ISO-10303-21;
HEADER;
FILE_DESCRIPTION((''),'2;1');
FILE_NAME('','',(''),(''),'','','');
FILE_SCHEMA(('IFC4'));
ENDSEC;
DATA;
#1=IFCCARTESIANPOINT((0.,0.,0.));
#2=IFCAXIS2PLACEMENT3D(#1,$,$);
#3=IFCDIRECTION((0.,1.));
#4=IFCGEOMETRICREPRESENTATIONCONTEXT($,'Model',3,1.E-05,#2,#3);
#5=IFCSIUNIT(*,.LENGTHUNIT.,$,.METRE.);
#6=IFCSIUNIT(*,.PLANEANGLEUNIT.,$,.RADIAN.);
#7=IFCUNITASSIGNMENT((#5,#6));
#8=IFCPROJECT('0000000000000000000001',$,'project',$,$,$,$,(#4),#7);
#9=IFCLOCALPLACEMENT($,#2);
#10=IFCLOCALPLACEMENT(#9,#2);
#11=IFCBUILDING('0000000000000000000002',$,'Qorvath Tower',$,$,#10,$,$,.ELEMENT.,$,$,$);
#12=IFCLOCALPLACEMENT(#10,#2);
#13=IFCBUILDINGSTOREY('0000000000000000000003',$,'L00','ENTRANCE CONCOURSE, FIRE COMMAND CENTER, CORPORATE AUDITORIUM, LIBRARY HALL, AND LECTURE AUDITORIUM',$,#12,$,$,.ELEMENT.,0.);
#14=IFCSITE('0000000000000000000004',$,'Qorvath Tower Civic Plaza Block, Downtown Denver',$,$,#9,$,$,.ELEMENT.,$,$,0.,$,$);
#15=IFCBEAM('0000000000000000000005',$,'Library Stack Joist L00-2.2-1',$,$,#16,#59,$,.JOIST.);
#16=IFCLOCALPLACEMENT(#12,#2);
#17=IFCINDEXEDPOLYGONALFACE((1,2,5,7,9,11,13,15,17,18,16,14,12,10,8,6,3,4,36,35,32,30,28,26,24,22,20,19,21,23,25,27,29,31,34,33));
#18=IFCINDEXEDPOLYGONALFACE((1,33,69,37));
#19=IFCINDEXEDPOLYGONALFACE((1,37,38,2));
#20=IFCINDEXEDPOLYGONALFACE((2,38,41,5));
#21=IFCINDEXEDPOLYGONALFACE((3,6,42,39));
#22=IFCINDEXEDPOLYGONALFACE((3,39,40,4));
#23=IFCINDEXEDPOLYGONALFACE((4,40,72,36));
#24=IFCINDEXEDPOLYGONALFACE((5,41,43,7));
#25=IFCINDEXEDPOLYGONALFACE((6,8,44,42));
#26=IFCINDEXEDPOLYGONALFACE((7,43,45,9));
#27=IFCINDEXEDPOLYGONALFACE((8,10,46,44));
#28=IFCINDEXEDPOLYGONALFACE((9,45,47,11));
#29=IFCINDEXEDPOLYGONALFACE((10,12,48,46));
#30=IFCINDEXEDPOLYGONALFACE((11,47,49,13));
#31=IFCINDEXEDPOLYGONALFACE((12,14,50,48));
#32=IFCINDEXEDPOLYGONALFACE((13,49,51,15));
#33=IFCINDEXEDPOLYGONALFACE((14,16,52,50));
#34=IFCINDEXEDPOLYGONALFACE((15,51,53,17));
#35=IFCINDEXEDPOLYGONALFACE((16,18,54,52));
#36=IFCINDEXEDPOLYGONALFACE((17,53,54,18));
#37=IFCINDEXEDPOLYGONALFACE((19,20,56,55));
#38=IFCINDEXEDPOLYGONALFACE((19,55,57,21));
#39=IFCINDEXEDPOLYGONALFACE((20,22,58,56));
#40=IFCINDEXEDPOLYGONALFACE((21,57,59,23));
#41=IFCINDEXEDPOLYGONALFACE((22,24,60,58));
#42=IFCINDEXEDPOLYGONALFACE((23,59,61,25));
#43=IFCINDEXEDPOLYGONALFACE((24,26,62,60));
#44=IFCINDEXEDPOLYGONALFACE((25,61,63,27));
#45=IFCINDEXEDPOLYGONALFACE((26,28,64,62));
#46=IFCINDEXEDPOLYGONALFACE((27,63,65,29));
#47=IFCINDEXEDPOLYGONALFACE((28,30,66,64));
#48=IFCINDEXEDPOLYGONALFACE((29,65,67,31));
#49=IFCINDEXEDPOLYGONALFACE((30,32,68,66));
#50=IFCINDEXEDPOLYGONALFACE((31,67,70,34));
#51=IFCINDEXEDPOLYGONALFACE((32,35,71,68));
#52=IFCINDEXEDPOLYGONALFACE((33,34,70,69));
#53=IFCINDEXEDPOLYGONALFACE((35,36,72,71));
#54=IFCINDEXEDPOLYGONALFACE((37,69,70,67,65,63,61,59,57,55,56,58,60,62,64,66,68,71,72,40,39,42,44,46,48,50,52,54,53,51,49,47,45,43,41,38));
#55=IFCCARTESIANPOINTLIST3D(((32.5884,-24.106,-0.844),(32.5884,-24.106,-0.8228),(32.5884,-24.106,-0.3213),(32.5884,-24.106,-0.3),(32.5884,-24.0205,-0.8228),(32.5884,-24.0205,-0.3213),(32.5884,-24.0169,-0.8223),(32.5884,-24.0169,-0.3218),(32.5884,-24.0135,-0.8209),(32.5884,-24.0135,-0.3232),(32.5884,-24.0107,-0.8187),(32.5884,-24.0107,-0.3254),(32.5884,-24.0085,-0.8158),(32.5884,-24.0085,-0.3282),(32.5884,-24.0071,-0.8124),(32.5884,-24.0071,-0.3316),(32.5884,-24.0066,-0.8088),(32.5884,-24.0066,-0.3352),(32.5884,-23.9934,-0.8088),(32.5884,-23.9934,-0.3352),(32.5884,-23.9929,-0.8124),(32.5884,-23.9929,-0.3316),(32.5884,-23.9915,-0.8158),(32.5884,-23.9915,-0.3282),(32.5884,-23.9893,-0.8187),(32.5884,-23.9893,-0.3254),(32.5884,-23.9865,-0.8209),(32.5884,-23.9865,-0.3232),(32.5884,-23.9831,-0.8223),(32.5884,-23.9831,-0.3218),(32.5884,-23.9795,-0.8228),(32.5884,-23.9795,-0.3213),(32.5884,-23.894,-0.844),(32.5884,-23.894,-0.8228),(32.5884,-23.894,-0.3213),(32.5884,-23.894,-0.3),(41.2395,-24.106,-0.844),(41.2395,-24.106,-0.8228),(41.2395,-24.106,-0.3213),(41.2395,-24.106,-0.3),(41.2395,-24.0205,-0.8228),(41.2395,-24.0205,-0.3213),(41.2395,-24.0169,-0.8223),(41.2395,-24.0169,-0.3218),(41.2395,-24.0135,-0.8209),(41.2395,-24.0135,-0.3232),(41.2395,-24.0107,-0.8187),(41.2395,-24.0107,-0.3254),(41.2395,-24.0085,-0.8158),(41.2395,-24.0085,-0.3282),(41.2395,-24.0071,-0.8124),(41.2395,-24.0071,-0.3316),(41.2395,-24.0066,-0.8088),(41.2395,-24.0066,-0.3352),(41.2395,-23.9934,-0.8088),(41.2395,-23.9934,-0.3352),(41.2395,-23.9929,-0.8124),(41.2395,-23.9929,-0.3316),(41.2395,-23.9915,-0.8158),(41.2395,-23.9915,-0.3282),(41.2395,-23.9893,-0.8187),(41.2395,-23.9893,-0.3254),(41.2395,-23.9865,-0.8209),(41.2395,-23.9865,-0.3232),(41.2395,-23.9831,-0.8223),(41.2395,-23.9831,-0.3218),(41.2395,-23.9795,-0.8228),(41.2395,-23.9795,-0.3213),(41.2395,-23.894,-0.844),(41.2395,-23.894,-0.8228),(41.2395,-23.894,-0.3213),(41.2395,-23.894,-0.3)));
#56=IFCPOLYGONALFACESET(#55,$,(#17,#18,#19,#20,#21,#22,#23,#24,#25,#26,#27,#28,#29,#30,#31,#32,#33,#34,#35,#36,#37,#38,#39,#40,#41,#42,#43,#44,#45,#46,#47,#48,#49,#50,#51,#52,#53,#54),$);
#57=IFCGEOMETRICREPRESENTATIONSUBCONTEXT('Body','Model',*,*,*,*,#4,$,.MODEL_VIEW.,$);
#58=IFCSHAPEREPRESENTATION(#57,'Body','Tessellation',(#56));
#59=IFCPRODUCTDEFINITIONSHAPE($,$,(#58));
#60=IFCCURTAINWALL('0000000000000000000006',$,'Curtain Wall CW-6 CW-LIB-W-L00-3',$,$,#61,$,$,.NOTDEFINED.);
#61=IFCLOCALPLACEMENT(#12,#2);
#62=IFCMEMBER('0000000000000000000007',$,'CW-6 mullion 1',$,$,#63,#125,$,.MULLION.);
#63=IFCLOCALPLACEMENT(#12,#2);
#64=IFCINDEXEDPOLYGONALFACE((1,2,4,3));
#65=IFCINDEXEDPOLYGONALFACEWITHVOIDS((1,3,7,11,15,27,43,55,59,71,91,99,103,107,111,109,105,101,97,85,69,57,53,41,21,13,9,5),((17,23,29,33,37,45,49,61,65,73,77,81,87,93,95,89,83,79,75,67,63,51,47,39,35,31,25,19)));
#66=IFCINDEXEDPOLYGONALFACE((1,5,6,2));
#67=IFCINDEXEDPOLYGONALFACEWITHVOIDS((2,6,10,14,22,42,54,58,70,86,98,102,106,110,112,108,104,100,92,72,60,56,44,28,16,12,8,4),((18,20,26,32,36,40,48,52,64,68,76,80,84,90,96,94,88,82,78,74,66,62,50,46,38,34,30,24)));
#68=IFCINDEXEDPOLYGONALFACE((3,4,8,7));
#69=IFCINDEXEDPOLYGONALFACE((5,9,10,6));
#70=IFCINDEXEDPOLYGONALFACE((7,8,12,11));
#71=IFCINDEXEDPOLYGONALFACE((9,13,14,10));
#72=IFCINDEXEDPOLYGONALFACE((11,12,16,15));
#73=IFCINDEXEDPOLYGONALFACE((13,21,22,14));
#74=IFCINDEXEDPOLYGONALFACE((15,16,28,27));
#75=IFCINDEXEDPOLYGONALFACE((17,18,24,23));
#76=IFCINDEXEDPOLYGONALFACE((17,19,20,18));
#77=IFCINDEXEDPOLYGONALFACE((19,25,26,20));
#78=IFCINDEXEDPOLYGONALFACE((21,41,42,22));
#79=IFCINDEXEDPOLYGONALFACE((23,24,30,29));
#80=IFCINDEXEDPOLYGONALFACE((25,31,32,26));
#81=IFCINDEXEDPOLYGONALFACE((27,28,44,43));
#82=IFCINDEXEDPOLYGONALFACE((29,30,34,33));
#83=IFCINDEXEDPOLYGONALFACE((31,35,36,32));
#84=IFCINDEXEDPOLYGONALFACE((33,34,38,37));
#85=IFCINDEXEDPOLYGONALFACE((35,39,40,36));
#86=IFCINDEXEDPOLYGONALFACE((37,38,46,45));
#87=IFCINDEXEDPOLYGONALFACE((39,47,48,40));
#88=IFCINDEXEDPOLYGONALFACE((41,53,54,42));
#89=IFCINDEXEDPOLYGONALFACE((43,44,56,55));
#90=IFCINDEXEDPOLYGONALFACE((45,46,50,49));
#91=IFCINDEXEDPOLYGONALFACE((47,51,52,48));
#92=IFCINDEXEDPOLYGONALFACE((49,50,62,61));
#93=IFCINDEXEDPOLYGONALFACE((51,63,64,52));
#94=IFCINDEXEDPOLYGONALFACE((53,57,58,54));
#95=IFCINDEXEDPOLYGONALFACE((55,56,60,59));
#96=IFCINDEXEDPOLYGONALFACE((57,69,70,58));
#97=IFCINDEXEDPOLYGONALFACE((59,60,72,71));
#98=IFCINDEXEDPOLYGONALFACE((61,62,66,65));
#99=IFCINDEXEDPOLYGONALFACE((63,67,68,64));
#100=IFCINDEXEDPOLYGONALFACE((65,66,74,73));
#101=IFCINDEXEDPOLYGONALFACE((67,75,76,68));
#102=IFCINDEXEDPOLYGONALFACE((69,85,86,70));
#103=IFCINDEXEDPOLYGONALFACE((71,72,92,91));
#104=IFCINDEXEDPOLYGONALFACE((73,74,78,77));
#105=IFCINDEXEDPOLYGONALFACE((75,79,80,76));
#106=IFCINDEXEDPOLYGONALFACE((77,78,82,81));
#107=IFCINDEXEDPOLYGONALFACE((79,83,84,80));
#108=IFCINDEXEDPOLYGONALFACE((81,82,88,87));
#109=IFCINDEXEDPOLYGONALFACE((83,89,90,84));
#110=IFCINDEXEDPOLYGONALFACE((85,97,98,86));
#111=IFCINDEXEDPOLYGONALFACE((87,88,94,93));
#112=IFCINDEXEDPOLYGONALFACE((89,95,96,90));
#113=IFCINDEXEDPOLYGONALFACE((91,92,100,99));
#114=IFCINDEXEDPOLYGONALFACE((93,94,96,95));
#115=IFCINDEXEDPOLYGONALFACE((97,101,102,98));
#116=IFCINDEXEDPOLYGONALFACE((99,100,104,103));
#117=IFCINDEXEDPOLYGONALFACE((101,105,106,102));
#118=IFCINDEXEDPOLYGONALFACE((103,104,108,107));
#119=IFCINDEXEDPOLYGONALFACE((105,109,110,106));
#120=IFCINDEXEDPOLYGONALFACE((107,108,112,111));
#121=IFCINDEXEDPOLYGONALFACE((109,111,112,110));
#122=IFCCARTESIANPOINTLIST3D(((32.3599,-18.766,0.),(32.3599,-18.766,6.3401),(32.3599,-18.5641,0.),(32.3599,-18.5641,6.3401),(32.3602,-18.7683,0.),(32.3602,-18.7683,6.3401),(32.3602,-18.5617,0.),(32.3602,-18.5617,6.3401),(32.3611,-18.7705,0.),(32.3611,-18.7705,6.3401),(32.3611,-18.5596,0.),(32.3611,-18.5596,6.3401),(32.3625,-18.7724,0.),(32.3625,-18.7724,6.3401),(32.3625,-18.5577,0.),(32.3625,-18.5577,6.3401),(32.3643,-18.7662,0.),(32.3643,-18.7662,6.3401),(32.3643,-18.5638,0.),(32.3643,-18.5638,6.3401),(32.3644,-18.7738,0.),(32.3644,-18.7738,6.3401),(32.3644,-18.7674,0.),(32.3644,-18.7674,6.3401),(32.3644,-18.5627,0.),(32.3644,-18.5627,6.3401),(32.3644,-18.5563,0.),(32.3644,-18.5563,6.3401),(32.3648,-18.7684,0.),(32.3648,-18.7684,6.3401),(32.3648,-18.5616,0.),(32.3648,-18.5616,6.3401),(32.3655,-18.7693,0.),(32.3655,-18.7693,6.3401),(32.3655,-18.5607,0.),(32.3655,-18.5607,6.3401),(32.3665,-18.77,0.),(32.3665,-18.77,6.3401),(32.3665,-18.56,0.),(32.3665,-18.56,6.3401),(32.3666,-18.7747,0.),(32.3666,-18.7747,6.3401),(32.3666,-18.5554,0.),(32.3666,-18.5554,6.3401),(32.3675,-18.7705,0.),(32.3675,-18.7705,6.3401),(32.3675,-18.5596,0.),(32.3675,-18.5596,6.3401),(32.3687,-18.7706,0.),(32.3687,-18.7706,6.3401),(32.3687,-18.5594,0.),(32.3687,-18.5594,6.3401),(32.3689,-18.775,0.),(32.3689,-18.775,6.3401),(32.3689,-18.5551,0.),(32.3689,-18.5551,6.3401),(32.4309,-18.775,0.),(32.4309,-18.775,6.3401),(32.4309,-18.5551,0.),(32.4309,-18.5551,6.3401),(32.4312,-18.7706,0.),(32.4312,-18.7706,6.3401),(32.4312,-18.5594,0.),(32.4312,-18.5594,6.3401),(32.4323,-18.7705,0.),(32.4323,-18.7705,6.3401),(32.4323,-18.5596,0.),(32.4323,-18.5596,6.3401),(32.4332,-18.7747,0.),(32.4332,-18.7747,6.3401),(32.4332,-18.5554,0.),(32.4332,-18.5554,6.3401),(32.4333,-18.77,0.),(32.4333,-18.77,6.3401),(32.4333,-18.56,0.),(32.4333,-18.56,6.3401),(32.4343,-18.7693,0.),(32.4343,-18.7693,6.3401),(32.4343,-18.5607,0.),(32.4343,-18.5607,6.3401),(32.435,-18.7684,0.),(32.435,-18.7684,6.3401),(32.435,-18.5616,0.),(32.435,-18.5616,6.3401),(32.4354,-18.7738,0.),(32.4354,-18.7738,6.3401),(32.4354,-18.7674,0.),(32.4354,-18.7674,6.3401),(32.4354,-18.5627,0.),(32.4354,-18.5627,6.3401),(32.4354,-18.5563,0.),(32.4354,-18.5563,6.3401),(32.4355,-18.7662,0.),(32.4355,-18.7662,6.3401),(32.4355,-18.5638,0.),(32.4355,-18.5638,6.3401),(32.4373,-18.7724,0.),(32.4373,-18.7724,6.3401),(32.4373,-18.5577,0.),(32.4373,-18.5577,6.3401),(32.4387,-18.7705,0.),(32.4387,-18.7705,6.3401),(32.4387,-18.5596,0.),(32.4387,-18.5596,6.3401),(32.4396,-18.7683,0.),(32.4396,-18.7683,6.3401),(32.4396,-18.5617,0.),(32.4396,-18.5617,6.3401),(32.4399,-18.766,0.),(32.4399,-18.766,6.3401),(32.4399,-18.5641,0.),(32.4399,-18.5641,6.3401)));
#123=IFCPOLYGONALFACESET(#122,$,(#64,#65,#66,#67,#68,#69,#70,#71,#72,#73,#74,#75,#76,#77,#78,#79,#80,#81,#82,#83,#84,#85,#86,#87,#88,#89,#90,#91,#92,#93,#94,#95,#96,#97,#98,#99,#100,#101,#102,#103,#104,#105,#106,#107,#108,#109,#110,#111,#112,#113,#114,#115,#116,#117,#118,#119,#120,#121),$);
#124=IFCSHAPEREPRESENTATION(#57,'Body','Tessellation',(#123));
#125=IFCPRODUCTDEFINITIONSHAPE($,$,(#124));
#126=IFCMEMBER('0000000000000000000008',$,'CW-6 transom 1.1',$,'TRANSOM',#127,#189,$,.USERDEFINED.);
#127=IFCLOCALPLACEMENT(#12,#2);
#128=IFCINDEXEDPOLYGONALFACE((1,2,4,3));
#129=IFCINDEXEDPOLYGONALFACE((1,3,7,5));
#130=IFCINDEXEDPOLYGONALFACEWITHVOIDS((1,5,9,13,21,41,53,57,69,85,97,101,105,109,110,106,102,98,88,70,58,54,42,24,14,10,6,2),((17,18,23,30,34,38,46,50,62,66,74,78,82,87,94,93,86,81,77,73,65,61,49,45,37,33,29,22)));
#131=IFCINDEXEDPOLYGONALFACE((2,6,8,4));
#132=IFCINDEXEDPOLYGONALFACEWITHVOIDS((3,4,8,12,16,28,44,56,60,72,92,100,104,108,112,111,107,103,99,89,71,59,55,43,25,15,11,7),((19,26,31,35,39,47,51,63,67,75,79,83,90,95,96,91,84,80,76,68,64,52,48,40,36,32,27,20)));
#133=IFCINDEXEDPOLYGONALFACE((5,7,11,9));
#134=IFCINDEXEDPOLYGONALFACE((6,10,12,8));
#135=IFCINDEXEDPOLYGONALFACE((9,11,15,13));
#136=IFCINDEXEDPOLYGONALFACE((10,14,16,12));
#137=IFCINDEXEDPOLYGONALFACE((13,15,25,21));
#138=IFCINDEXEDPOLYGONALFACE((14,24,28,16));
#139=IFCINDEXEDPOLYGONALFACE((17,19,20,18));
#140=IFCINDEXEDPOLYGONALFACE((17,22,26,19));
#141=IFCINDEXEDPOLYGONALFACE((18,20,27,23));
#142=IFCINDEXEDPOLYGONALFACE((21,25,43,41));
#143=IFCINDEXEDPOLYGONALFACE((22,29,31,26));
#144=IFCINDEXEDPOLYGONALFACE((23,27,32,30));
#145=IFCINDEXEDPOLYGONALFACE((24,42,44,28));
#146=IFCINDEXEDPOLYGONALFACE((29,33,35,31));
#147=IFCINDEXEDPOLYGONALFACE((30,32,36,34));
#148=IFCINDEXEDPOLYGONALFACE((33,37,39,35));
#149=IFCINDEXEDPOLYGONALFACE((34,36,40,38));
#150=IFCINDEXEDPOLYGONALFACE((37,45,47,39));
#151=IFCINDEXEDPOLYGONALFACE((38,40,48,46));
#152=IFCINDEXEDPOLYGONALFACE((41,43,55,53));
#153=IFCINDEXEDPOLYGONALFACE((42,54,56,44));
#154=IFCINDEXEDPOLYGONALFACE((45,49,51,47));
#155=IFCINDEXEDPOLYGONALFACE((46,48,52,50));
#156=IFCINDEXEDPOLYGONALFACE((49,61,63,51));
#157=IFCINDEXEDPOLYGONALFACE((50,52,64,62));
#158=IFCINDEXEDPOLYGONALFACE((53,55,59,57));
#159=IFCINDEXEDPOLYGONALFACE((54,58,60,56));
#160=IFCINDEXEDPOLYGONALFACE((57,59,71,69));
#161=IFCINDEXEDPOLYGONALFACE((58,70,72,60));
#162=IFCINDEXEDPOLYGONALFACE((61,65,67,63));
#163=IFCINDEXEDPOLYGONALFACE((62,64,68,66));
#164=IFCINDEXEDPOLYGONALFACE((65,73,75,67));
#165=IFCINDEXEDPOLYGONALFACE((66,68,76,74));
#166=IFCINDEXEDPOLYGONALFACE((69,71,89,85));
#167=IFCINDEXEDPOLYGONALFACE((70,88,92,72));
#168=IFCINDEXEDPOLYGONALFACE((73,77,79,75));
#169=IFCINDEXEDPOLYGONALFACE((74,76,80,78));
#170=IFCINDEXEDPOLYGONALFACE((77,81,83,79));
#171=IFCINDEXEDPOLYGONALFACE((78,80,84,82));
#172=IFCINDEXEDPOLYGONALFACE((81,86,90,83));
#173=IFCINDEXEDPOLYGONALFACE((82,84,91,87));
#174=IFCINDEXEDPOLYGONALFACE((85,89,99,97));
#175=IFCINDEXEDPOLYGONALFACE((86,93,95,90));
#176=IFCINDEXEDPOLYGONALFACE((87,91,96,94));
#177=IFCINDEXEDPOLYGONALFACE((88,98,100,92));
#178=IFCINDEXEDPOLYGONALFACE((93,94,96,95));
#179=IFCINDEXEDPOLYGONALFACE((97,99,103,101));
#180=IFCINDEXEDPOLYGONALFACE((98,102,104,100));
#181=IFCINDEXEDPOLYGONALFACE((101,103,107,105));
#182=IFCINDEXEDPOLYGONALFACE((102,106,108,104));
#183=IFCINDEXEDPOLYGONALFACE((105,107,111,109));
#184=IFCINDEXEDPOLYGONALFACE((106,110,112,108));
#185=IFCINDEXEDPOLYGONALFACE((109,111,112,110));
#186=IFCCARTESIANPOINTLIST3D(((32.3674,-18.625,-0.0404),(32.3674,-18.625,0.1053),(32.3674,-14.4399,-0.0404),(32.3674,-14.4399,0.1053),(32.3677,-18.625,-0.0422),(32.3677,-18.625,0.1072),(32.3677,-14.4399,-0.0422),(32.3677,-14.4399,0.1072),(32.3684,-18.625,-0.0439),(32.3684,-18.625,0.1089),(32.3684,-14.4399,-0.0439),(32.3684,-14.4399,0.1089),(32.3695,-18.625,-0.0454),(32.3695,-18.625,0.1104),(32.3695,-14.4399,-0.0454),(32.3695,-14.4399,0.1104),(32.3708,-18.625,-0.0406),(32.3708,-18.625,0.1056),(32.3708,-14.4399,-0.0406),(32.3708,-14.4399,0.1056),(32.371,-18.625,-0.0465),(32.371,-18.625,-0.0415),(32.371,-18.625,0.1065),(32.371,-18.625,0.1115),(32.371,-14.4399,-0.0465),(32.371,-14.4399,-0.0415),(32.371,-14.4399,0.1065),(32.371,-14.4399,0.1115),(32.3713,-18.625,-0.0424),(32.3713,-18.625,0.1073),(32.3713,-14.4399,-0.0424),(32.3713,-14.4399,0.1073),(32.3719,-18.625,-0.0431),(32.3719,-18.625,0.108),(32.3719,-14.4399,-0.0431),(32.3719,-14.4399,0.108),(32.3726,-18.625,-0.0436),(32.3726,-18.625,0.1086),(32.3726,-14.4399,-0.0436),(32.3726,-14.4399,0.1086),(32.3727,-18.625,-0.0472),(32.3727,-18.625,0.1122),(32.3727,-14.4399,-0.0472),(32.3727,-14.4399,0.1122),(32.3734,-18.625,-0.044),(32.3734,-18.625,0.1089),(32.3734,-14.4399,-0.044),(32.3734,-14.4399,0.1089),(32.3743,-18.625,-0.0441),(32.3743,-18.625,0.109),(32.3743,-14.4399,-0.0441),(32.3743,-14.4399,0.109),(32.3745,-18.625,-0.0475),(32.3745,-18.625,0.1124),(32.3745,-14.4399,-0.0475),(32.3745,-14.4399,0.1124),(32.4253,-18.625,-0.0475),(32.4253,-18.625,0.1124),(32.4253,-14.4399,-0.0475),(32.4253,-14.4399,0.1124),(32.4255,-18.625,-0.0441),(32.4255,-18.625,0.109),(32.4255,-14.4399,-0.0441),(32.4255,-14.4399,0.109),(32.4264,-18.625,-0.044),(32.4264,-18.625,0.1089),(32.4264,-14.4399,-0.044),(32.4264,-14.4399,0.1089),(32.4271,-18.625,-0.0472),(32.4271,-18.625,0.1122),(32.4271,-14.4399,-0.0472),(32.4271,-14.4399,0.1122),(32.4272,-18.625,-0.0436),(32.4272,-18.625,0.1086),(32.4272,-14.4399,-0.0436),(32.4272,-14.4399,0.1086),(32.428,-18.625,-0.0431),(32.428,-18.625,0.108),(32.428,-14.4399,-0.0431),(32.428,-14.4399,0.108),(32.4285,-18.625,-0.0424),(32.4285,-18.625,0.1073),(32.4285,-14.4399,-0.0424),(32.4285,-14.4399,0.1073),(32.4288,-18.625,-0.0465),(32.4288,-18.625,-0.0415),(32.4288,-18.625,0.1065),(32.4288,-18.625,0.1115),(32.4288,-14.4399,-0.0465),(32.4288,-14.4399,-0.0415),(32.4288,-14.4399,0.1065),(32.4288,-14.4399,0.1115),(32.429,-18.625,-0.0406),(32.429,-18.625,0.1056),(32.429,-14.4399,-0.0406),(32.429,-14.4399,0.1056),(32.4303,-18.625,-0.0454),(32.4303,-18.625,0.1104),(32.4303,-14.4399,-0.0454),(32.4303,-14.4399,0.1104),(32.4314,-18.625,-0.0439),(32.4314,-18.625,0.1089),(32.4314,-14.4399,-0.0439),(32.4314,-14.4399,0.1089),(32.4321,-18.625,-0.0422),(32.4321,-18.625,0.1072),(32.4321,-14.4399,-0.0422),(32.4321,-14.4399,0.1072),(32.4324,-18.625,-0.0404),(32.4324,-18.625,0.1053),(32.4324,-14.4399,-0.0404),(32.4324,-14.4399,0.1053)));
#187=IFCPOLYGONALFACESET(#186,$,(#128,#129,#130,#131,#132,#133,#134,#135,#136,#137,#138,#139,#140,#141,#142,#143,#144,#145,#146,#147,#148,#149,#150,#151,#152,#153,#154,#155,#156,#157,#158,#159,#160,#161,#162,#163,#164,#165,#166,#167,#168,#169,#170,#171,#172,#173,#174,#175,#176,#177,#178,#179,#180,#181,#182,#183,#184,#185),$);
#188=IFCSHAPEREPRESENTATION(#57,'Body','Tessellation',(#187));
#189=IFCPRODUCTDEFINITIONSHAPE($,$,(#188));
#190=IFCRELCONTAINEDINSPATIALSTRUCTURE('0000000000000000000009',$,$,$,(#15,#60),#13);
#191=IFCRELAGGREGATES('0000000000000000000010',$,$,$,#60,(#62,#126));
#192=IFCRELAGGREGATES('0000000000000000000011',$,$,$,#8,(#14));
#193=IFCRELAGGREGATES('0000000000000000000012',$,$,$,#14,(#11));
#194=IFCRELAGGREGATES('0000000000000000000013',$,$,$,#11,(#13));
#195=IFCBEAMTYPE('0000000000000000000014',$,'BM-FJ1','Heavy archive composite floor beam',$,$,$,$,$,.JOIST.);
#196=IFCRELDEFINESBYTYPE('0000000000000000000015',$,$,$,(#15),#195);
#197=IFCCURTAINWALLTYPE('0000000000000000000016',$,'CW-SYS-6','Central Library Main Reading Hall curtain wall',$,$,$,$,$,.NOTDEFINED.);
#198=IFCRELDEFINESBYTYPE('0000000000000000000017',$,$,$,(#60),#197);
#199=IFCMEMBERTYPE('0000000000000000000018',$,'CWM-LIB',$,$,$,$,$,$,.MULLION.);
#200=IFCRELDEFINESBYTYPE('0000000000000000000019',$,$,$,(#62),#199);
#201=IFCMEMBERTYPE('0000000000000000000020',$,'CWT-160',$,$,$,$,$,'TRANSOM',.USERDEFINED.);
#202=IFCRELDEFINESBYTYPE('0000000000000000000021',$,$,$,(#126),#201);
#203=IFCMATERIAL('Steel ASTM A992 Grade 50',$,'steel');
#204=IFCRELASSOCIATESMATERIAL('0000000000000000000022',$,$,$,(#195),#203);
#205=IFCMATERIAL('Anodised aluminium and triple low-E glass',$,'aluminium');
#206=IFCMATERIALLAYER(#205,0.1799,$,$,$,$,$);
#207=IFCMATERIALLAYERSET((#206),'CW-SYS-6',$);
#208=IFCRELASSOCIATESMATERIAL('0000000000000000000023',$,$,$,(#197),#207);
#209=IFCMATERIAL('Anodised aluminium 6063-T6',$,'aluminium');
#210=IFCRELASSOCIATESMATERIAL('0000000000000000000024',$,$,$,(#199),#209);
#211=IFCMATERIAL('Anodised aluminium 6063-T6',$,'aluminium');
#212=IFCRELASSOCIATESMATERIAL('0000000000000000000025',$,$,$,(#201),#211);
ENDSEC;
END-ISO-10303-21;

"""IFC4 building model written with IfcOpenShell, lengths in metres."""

from ifc_helpers import new_model, si_unit, direction, frame, origin, origin_2d, place, context, subcontext, project, spatial, hollow_rectangle, i_section, extrude, material, layer, layer_set, material_profile, profile_set, type_object, element, aggregate, save


model = new_model("IFC4")

# Units and contexts
model_context = context("Model", 3, precision=1e-05, world=origin(), true_north=direction((0.0, 1.0)))
body_context = subcontext(model_context, "Body", "Model", "MODEL_VIEW")
ifc_project = project(units=[si_unit("LENGTHUNIT", "METRE"), si_unit("PLANEANGLEUNIT", "RADIAN")], contexts=[model_context])

# Site, building, storey
site_placement = place(None, origin())
site = spatial("IfcSite", under=ifc_project, at=site_placement, Name="Qorvath Tower Civic Plaza Block, Downtown Denver", CompositionType="ELEMENT", RefElevation=0.0)
building_placement = place(site_placement, origin())
building = spatial("IfcBuilding", under=site, at=building_placement, Name="Qorvath Tower", CompositionType="ELEMENT")
storey_placement = place(building_placement, origin())
storey = spatial("IfcBuildingStorey", under=building, at=storey_placement, Name="L00", Description="ENTRANCE CONCOURSE, FIRE COMMAND CENTER, CORPORATE AUDITORIUM, LIBRARY HALL, AND LECTURE AUDITORIUM", CompositionType="ELEMENT", Elevation=0.0)

# Beam
ifc_material_1 = material(Name="Steel ASTM A992 Grade 50", Category="steel")
ifc_material_profile_1 = material_profile(ifc_material_1, i_section(OverallWidth=0.2119, OverallDepth=0.5439, WebThickness=0.0132, FlangeThickness=0.0212, FilletRadius=0.0139, at=origin_2d()), Name="W21x83")
ifc_profile_set_1 = profile_set([ifc_material_profile_1], Name="Steel ASTM A992 Grade 50")
beam_type_1 = type_object("IfcBeamType", Name="BM-FJ1", Description="Heavy archive composite floor beam", PredefinedType="JOIST", material=ifc_profile_set_1)
for number, where, z_axis, x_axis, name in (
    (1, (32.5884, -24.0, -0.572), (1.0, 0.0, 0.0), (0.0, 1.0, 0.0), "Library Stack Joist L00-2.2-1"),
):
    element("IfcBeam", number, at=place(storey_placement, frame(where, z_axis=z_axis, x_axis=x_axis)), inside=storey, type_object=beam_type_1, Name=name, PredefinedType="JOIST", context=body_context, shape_type="SweptSolid", body=[
        extrude(i_section(OverallWidth=0.2119, OverallDepth=0.5439, WebThickness=0.0132, FlangeThickness=0.0212, FilletRadius=0.0139, at=origin_2d()), origin(), (0.0, 0.0, 1.0), 8.6511),
    ])

# Curtain wall, members
ifc_material_2 = material(Name="Anodised aluminium and triple low-E glass", Category="aluminium")
ifc_layer_1 = layer(ifc_material_2, 0.1799)
ifc_layer_set_1 = layer_set([ifc_layer_1], Name="CW-SYS-6")
curtain_wall_type = type_object("IfcCurtainWallType", Name="CW-SYS-6", Description="Central Library Main Reading Hall curtain wall", PredefinedType="NOTDEFINED", material=ifc_layer_set_1)
curtain_wall_placement = place(storey_placement, origin())
curtain_wall = element("IfcCurtainWall", 2, at=curtain_wall_placement, inside=storey, type_object=curtain_wall_type, Name="Curtain Wall CW-6 CW-LIB-W-L00-3", PredefinedType="NOTDEFINED")
ifc_material_3 = material(Name="Anodised aluminium 6063-T6", Category="aluminium")
ifc_material_profile_2 = material_profile(ifc_material_3, hollow_rectangle(XDim=0.0801, YDim=0.22, WallThickness=0.0044, InnerFilletRadius=0.0044, OuterFilletRadius=0.009, at=origin_2d()), Name="CWM LIB 220x80")
ifc_profile_set_2 = profile_set([ifc_material_profile_2], Name="Anodised aluminium 6063-T6")
member_type_1 = type_object("IfcMemberType", Name="CWM-LIB", PredefinedType="MULLION", material=ifc_profile_set_2)
member_1_placement = place(storey_placement, frame((32.3999, -18.665, 0.0), z_axis=(0.0, 0.0, 1.0), x_axis=(-1.0, 0.0, 0.0)))
member_1 = element("IfcMember", 3, at=member_1_placement, type_object=member_type_1, Name="CW-6 mullion 1", PredefinedType="MULLION", context=body_context, shape_type="SweptSolid", body=[
    extrude(hollow_rectangle(XDim=0.0801, YDim=0.22, WallThickness=0.0044, InnerFilletRadius=0.0044, OuterFilletRadius=0.009, at=origin_2d()), origin(), (0.0, 0.0, 1.0), 6.3401),
])
ifc_material_4 = material(Name="Anodised aluminium 6063-T6", Category="aluminium")
ifc_material_profile_3 = material_profile(ifc_material_4, hollow_rectangle(XDim=0.0649, YDim=0.1599, WallThickness=0.0034, InnerFilletRadius=0.0034, OuterFilletRadius=0.0071, at=origin_2d()), Name="CWT 160x65")
ifc_profile_set_3 = profile_set([ifc_material_profile_3], Name="Anodised aluminium 6063-T6")
member_type_2 = type_object("IfcMemberType", Name="CWT-160", ElementType="TRANSOM", PredefinedType="USERDEFINED", material=ifc_profile_set_3)
member_2_placement = place(storey_placement, frame((32.3999, -18.625, 0.0325), z_axis=(0.0, 1.0, 0.0), x_axis=(-1.0, 0.0, 0.0)))
member_2 = element("IfcMember", 4, at=member_2_placement, type_object=member_type_2, Name="CW-6 transom 1.1", ObjectType="TRANSOM", PredefinedType="USERDEFINED", context=body_context, shape_type="SweptSolid", body=[
    extrude(hollow_rectangle(XDim=0.0649, YDim=0.1599, WallThickness=0.0034, InnerFilletRadius=0.0034, OuterFilletRadius=0.0071, at=origin_2d()), origin(), (0.0, 0.0, 1.0), 4.1851),
])
aggregate(curtain_wall, [member_1, member_2])

save(model, "model.ifc")
